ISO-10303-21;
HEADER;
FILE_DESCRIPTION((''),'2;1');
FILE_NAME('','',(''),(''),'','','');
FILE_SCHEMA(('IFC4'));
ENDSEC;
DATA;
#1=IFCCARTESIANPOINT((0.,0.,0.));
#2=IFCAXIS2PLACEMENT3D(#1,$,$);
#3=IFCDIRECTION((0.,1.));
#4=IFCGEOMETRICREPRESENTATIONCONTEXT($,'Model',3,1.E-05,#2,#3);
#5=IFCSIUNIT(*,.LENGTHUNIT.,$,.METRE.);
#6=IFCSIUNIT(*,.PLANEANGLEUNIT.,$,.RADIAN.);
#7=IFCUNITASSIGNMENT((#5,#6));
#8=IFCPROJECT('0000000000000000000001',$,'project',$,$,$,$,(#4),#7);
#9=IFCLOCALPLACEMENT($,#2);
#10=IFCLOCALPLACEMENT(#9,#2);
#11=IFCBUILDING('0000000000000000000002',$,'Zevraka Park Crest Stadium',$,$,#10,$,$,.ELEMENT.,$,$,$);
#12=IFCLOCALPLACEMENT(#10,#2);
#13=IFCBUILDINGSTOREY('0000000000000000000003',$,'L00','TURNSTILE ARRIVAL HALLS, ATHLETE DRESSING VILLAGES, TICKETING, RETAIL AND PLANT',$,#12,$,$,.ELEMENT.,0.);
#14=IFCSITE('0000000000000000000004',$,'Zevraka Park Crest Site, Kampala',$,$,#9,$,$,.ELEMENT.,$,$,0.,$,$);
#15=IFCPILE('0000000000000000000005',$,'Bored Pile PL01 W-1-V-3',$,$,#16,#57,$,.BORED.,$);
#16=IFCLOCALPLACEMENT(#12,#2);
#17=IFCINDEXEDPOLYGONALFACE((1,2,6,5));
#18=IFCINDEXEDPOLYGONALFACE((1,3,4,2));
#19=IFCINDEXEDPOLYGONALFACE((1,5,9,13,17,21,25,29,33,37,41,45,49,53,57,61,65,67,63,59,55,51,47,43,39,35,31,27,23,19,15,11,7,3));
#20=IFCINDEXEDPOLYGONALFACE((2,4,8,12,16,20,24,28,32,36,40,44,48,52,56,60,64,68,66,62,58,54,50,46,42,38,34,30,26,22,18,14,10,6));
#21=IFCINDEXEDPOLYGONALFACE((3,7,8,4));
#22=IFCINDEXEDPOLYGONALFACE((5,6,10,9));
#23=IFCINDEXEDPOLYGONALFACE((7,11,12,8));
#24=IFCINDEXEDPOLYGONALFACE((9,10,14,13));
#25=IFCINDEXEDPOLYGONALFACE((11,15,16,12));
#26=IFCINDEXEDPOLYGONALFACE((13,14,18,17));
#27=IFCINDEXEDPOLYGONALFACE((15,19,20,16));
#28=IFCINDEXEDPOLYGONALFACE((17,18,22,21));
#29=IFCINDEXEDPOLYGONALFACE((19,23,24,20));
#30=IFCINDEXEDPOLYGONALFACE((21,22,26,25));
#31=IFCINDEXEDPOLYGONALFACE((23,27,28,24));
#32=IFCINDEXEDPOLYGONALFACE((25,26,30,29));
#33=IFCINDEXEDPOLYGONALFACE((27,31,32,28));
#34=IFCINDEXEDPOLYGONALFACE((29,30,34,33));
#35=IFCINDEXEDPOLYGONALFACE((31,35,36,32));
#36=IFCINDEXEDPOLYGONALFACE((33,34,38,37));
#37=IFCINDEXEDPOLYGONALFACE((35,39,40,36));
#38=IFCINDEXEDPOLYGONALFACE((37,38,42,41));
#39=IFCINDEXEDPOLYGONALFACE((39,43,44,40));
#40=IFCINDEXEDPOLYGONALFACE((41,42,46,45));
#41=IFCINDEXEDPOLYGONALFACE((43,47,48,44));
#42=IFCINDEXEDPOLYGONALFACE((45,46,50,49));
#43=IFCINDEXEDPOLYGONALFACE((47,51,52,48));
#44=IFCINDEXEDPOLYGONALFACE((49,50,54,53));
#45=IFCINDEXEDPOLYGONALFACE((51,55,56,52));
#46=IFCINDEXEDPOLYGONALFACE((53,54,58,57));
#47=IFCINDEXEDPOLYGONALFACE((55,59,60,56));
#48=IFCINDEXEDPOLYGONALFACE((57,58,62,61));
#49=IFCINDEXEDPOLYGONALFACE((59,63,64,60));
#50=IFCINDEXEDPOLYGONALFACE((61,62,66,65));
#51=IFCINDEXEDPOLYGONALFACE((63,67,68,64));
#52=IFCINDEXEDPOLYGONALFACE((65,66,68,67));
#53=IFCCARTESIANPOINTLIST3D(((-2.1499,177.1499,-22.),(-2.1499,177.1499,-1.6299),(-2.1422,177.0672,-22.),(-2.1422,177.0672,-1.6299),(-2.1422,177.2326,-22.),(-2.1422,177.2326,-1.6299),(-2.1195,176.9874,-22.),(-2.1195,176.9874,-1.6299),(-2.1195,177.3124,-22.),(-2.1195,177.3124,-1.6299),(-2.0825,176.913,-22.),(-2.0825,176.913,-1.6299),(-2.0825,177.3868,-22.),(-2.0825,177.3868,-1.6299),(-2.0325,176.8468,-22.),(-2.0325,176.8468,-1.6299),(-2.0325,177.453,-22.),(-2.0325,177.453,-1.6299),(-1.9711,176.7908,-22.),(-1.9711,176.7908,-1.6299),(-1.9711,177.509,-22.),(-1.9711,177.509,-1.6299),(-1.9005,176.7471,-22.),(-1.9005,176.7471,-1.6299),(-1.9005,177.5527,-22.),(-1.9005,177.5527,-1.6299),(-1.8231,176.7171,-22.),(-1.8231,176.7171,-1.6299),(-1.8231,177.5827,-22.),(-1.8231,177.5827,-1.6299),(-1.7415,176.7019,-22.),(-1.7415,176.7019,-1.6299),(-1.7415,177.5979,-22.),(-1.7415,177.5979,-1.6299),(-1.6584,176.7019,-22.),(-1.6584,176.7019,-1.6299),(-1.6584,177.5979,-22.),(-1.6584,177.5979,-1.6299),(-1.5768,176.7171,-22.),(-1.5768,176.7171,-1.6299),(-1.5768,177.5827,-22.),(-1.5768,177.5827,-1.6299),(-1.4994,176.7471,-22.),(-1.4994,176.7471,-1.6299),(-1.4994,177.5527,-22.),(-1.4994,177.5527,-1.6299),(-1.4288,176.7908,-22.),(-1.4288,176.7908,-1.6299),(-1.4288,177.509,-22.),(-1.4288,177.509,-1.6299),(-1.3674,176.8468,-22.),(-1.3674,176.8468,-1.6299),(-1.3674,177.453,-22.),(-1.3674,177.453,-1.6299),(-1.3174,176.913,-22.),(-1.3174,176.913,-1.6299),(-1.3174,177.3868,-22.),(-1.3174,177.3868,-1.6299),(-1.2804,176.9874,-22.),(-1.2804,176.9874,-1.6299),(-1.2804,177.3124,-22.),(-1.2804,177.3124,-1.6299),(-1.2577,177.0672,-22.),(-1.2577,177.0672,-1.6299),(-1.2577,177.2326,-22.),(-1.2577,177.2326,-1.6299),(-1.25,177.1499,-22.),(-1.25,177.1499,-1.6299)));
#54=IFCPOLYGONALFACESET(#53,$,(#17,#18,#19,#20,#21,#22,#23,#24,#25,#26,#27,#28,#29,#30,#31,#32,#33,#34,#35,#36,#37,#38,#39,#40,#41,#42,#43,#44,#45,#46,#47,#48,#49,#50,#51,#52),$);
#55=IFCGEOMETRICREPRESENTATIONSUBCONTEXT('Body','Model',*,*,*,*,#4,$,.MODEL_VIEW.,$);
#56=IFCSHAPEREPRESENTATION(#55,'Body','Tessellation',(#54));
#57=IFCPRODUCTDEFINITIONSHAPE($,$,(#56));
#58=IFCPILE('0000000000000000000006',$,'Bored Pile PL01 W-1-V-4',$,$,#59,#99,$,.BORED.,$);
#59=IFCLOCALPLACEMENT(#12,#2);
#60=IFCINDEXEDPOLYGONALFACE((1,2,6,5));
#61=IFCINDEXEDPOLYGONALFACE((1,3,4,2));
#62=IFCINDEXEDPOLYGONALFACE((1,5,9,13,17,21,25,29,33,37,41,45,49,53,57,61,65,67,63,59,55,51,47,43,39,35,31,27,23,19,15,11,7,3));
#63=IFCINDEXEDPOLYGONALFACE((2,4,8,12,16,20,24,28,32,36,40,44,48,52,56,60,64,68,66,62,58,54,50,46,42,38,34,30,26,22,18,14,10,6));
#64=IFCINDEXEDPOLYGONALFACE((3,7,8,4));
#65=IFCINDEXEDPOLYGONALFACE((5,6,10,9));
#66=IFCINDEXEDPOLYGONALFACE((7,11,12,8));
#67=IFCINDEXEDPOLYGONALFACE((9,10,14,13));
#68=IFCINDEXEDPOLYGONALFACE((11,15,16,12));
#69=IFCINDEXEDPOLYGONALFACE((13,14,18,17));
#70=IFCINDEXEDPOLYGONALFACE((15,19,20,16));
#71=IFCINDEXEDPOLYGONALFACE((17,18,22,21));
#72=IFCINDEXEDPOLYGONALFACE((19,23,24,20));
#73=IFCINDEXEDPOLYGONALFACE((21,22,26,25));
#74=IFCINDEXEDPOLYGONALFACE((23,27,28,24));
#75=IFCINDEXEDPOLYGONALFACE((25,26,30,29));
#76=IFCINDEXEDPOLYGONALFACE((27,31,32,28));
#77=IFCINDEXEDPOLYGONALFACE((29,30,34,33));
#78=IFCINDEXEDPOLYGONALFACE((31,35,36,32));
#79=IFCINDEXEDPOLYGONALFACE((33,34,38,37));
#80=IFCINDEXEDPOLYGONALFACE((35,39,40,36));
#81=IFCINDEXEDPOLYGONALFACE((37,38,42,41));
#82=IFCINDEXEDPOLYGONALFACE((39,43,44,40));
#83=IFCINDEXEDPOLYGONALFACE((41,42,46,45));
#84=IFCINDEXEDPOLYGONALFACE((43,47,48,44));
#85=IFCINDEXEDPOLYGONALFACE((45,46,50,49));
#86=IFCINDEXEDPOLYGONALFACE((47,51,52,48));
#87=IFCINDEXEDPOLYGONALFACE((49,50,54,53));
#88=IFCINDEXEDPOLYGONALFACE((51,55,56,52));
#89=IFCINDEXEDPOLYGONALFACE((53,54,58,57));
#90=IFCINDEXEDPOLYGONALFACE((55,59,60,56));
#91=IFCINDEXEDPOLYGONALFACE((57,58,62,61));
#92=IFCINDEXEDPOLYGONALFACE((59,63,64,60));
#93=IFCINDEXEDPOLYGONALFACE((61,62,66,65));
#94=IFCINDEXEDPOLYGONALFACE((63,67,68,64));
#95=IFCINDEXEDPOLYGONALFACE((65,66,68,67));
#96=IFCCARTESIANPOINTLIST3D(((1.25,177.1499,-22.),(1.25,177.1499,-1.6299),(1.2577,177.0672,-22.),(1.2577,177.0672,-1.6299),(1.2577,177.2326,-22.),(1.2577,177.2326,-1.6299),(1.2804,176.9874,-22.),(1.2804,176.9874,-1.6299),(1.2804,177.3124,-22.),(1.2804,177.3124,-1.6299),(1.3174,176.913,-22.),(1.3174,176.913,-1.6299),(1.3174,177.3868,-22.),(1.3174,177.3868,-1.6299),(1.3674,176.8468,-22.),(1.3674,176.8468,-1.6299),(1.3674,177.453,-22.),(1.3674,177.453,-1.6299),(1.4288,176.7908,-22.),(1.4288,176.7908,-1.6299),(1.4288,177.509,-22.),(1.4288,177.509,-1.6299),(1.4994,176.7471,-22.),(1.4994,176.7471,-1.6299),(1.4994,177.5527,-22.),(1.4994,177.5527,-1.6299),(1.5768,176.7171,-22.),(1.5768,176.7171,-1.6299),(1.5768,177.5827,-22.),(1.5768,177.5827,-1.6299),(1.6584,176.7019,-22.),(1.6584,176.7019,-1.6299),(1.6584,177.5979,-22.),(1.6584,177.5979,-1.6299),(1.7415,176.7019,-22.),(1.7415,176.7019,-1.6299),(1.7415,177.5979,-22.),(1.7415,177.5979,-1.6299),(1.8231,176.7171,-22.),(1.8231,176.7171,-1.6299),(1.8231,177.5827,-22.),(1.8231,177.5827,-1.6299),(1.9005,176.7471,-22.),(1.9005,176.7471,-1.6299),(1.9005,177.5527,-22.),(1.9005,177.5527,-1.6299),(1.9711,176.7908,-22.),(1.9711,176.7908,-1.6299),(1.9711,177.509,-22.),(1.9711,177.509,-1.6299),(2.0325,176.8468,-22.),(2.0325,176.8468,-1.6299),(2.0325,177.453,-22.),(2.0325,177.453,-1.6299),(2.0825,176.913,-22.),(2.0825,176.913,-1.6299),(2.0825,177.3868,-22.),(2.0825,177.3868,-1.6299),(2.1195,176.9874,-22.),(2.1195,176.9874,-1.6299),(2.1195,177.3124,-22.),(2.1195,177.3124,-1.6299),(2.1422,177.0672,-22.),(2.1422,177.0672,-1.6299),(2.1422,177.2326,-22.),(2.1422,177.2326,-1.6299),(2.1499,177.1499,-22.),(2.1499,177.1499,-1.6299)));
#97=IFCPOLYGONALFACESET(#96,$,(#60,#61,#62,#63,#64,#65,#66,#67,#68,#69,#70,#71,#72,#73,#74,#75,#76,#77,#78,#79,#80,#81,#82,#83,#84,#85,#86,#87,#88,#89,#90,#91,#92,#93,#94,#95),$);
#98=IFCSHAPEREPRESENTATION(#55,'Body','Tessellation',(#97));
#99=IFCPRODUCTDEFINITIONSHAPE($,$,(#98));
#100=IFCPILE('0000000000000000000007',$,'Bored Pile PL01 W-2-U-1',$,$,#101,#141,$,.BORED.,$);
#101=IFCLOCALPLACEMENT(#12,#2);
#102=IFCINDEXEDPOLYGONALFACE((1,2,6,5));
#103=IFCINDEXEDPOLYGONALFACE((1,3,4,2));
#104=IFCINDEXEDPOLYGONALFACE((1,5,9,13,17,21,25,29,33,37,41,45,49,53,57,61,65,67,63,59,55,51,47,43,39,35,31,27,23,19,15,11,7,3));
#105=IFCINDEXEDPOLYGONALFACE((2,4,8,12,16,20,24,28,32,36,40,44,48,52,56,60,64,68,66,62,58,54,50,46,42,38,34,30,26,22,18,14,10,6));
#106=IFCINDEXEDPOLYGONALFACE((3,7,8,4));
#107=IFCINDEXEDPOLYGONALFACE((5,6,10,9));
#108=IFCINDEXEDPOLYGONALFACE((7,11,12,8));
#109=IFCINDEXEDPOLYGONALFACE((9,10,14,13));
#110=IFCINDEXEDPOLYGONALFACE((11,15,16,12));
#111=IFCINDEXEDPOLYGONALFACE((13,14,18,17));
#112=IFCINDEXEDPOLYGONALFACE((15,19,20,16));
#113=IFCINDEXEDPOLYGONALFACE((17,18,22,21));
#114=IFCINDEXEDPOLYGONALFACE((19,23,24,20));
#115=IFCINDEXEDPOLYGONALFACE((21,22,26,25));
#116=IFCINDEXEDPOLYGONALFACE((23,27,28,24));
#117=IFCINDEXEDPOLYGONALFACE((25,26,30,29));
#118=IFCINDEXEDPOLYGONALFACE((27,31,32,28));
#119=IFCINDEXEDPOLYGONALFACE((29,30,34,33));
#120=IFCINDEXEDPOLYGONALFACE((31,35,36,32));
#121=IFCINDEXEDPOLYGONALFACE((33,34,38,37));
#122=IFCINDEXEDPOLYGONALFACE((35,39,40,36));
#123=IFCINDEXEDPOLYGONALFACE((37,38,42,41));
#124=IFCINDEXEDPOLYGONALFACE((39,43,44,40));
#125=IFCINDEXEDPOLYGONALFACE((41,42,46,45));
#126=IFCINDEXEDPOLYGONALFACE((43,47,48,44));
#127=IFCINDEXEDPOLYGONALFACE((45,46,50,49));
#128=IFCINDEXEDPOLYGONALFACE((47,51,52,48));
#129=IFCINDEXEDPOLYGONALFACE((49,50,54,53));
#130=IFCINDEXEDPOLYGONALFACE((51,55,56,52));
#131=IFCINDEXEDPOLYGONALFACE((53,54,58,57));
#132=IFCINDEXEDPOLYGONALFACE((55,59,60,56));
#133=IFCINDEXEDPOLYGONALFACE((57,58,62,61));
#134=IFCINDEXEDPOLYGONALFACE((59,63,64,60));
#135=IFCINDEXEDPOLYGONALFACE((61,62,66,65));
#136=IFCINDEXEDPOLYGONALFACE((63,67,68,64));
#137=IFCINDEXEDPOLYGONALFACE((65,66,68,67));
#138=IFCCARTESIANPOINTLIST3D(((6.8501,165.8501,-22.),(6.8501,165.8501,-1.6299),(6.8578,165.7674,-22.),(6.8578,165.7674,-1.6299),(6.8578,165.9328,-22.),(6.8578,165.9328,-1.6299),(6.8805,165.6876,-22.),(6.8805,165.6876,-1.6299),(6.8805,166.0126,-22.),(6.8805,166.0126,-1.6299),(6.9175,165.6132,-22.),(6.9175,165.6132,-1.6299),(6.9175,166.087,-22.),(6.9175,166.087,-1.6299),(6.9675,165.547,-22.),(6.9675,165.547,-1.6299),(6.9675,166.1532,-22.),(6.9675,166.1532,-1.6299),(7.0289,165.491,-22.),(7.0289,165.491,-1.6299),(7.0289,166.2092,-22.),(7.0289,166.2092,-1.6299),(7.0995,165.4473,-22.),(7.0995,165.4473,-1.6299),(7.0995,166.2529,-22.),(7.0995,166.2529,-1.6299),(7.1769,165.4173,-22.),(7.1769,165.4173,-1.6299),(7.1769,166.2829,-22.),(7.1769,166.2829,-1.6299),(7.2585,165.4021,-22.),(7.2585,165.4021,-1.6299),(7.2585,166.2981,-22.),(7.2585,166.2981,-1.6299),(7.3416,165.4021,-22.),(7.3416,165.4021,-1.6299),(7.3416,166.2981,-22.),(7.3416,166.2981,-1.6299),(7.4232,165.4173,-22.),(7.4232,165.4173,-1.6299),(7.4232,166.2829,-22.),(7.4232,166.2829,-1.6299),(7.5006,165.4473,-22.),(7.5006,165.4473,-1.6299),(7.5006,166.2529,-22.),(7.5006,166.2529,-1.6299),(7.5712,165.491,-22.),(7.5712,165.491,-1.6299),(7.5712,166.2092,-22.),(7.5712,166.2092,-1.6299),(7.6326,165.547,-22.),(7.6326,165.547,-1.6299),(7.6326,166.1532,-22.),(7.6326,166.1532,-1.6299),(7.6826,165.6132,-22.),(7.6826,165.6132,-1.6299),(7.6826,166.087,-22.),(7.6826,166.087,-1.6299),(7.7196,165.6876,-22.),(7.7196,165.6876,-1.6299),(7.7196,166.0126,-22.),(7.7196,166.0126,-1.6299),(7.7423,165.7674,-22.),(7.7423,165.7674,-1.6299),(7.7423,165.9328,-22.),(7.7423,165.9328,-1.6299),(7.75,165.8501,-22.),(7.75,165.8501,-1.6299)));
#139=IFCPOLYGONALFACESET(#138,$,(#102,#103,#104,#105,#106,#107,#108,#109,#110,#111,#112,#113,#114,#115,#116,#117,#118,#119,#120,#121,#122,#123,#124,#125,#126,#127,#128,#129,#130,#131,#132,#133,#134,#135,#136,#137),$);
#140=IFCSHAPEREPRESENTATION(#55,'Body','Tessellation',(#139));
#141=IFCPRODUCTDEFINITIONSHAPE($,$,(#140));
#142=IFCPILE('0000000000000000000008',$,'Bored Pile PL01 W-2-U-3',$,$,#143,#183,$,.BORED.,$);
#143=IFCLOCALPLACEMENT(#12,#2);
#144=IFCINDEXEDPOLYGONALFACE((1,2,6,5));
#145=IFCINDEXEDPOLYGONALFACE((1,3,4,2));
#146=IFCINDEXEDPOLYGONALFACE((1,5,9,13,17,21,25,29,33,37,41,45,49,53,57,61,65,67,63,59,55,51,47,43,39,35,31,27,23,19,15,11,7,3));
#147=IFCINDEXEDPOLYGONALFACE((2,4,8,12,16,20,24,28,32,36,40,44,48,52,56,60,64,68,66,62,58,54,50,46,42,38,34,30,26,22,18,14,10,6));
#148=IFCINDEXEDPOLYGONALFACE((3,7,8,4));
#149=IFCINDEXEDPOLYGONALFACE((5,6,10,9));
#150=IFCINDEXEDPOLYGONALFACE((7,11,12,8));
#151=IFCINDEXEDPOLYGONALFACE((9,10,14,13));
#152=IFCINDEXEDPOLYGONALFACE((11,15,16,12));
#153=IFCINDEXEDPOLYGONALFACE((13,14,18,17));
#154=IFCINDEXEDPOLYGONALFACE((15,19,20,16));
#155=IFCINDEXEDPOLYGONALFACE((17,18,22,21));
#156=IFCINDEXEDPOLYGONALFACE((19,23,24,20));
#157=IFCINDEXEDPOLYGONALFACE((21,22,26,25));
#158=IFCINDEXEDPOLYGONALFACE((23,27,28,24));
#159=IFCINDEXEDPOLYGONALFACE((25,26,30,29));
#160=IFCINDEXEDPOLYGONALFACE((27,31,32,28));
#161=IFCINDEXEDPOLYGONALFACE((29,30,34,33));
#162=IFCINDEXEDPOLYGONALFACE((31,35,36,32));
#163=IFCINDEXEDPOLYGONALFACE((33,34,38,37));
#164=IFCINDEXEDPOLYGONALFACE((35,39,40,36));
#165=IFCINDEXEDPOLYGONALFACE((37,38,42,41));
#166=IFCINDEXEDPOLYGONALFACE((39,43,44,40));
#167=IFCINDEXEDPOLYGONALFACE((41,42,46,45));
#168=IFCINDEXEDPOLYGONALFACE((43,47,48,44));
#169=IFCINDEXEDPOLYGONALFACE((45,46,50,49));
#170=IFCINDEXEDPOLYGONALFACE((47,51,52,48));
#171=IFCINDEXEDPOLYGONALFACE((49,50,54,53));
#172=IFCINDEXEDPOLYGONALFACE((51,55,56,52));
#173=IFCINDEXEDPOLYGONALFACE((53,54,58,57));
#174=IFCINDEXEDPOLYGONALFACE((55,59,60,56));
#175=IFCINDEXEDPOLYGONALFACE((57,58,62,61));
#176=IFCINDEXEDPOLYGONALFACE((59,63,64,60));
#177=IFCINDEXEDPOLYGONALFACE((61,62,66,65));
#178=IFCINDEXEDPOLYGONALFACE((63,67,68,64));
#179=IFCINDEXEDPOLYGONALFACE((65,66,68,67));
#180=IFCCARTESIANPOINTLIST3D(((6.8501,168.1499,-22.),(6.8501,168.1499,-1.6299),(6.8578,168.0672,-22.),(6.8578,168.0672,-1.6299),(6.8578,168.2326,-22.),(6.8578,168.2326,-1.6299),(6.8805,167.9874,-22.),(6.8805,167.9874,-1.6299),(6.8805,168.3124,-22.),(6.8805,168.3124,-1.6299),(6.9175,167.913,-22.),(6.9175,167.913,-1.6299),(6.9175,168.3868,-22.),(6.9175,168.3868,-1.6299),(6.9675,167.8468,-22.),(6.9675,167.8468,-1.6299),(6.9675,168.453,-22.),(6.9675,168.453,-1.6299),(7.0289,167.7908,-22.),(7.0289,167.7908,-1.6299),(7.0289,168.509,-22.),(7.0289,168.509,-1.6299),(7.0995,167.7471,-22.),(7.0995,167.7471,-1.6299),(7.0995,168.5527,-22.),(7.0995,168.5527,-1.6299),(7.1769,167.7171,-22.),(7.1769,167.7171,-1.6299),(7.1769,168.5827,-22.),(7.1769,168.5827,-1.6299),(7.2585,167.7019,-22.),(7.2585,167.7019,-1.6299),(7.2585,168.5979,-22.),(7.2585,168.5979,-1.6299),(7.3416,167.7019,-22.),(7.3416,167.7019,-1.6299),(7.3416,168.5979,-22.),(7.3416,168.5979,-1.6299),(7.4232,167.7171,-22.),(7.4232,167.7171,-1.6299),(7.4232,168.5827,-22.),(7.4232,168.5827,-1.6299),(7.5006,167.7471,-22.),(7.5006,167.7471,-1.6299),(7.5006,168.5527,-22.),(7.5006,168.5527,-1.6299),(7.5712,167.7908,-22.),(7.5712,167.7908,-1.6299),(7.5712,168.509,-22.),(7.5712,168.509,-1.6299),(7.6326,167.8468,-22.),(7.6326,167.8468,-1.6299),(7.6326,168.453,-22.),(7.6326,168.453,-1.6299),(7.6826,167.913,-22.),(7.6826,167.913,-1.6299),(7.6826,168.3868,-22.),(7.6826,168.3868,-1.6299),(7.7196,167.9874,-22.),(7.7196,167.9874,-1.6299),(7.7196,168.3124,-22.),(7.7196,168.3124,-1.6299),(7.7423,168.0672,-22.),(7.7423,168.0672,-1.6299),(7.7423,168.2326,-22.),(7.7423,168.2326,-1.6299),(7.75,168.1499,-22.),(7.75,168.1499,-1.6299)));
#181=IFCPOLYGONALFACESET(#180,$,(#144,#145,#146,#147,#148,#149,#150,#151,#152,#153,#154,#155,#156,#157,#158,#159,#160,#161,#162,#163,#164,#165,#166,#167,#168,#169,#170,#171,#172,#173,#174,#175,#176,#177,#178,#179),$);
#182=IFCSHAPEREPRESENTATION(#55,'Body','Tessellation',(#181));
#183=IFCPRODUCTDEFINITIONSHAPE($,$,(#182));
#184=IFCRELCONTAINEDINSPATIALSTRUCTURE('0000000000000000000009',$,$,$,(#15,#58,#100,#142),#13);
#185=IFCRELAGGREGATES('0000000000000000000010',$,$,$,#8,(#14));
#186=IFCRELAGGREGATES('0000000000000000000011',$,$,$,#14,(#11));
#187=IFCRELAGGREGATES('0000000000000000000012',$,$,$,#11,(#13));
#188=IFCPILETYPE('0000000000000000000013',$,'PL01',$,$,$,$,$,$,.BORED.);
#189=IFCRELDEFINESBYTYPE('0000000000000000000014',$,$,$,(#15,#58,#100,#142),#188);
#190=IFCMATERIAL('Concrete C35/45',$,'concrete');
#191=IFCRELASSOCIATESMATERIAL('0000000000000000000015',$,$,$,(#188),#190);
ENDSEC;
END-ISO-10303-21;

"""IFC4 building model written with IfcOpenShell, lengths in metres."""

from ifc_helpers import new_model, si_unit, direction, frame, origin, origin_2d, place, context, subcontext, project, spatial, circle, extrude, material, material_profile, profile_set, type_object, element, save


model = new_model("IFC4")

# Units and contexts
model_context = context("Model", 3, precision=1e-05, world=origin(), true_north=direction((0.0, 1.0)))
body_context = subcontext(model_context, "Body", "Model", "MODEL_VIEW")
ifc_project = project(units=[si_unit("LENGTHUNIT", "METRE"), si_unit("PLANEANGLEUNIT", "RADIAN")], contexts=[model_context])

# Site, building, storey
site_placement = place(None, origin())
site = spatial("IfcSite", under=ifc_project, at=site_placement, Name="Zevraka Park Crest Site, Kampala", CompositionType="ELEMENT", RefElevation=0.0)
building_placement = place(site_placement, origin())
building = spatial("IfcBuilding", under=site, at=building_placement, Name="Zevraka Park Crest Stadium", CompositionType="ELEMENT")
storey_placement = place(building_placement, origin())
storey = spatial("IfcBuildingStorey", under=building, at=storey_placement, Name="L00", Description="TURNSTILE ARRIVAL HALLS, ATHLETE DRESSING VILLAGES, TICKETING, RETAIL AND PLANT", CompositionType="ELEMENT", Elevation=0.0)

# Piles
ifc_material_1 = material(Name="Concrete C35/45", Category="concrete")
ifc_material_profile_1 = material_profile(ifc_material_1, circle(Radius=0.45, at=origin_2d()), Name="PILE D900")
ifc_profile_set_1 = profile_set([ifc_material_profile_1], Name="Concrete C35/45")
pile_type_1 = type_object("IfcPileType", Name="PL01", PredefinedType="BORED", material=ifc_profile_set_1)
for number, where, z_axis, x_axis, name in (
    (1, (-1.7, 177.1499, -1.6299), (0.0, 0.0, -1.0), (1.0, 0.0, 0.0), "Bored Pile PL01 W-1-V-3"),
    (2, (1.7, 177.1499, -1.6299), (0.0, 0.0, -1.0), (1.0, 0.0, 0.0), "Bored Pile PL01 W-1-V-4"),
    (3, (7.3, 165.8501, -1.6299), (0.0, 0.0, -1.0), (1.0, 0.0, 0.0), "Bored Pile PL01 W-2-U-1"),
    (4, (7.3, 168.1499, -1.6299), (0.0, 0.0, -1.0), (1.0, 0.0, 0.0), "Bored Pile PL01 W-2-U-3"),
):
    element("IfcPile", number, at=place(storey_placement, frame(where, z_axis=z_axis, x_axis=x_axis)), inside=storey, type_object=pile_type_1, Name=name, PredefinedType="BORED", context=body_context, shape_type="SweptSolid", body=[
        extrude(circle(Radius=0.45, at=origin_2d()), origin(), (0.0, 0.0, 1.0), 20.3701),
    ])

save(model, "model.ifc")
